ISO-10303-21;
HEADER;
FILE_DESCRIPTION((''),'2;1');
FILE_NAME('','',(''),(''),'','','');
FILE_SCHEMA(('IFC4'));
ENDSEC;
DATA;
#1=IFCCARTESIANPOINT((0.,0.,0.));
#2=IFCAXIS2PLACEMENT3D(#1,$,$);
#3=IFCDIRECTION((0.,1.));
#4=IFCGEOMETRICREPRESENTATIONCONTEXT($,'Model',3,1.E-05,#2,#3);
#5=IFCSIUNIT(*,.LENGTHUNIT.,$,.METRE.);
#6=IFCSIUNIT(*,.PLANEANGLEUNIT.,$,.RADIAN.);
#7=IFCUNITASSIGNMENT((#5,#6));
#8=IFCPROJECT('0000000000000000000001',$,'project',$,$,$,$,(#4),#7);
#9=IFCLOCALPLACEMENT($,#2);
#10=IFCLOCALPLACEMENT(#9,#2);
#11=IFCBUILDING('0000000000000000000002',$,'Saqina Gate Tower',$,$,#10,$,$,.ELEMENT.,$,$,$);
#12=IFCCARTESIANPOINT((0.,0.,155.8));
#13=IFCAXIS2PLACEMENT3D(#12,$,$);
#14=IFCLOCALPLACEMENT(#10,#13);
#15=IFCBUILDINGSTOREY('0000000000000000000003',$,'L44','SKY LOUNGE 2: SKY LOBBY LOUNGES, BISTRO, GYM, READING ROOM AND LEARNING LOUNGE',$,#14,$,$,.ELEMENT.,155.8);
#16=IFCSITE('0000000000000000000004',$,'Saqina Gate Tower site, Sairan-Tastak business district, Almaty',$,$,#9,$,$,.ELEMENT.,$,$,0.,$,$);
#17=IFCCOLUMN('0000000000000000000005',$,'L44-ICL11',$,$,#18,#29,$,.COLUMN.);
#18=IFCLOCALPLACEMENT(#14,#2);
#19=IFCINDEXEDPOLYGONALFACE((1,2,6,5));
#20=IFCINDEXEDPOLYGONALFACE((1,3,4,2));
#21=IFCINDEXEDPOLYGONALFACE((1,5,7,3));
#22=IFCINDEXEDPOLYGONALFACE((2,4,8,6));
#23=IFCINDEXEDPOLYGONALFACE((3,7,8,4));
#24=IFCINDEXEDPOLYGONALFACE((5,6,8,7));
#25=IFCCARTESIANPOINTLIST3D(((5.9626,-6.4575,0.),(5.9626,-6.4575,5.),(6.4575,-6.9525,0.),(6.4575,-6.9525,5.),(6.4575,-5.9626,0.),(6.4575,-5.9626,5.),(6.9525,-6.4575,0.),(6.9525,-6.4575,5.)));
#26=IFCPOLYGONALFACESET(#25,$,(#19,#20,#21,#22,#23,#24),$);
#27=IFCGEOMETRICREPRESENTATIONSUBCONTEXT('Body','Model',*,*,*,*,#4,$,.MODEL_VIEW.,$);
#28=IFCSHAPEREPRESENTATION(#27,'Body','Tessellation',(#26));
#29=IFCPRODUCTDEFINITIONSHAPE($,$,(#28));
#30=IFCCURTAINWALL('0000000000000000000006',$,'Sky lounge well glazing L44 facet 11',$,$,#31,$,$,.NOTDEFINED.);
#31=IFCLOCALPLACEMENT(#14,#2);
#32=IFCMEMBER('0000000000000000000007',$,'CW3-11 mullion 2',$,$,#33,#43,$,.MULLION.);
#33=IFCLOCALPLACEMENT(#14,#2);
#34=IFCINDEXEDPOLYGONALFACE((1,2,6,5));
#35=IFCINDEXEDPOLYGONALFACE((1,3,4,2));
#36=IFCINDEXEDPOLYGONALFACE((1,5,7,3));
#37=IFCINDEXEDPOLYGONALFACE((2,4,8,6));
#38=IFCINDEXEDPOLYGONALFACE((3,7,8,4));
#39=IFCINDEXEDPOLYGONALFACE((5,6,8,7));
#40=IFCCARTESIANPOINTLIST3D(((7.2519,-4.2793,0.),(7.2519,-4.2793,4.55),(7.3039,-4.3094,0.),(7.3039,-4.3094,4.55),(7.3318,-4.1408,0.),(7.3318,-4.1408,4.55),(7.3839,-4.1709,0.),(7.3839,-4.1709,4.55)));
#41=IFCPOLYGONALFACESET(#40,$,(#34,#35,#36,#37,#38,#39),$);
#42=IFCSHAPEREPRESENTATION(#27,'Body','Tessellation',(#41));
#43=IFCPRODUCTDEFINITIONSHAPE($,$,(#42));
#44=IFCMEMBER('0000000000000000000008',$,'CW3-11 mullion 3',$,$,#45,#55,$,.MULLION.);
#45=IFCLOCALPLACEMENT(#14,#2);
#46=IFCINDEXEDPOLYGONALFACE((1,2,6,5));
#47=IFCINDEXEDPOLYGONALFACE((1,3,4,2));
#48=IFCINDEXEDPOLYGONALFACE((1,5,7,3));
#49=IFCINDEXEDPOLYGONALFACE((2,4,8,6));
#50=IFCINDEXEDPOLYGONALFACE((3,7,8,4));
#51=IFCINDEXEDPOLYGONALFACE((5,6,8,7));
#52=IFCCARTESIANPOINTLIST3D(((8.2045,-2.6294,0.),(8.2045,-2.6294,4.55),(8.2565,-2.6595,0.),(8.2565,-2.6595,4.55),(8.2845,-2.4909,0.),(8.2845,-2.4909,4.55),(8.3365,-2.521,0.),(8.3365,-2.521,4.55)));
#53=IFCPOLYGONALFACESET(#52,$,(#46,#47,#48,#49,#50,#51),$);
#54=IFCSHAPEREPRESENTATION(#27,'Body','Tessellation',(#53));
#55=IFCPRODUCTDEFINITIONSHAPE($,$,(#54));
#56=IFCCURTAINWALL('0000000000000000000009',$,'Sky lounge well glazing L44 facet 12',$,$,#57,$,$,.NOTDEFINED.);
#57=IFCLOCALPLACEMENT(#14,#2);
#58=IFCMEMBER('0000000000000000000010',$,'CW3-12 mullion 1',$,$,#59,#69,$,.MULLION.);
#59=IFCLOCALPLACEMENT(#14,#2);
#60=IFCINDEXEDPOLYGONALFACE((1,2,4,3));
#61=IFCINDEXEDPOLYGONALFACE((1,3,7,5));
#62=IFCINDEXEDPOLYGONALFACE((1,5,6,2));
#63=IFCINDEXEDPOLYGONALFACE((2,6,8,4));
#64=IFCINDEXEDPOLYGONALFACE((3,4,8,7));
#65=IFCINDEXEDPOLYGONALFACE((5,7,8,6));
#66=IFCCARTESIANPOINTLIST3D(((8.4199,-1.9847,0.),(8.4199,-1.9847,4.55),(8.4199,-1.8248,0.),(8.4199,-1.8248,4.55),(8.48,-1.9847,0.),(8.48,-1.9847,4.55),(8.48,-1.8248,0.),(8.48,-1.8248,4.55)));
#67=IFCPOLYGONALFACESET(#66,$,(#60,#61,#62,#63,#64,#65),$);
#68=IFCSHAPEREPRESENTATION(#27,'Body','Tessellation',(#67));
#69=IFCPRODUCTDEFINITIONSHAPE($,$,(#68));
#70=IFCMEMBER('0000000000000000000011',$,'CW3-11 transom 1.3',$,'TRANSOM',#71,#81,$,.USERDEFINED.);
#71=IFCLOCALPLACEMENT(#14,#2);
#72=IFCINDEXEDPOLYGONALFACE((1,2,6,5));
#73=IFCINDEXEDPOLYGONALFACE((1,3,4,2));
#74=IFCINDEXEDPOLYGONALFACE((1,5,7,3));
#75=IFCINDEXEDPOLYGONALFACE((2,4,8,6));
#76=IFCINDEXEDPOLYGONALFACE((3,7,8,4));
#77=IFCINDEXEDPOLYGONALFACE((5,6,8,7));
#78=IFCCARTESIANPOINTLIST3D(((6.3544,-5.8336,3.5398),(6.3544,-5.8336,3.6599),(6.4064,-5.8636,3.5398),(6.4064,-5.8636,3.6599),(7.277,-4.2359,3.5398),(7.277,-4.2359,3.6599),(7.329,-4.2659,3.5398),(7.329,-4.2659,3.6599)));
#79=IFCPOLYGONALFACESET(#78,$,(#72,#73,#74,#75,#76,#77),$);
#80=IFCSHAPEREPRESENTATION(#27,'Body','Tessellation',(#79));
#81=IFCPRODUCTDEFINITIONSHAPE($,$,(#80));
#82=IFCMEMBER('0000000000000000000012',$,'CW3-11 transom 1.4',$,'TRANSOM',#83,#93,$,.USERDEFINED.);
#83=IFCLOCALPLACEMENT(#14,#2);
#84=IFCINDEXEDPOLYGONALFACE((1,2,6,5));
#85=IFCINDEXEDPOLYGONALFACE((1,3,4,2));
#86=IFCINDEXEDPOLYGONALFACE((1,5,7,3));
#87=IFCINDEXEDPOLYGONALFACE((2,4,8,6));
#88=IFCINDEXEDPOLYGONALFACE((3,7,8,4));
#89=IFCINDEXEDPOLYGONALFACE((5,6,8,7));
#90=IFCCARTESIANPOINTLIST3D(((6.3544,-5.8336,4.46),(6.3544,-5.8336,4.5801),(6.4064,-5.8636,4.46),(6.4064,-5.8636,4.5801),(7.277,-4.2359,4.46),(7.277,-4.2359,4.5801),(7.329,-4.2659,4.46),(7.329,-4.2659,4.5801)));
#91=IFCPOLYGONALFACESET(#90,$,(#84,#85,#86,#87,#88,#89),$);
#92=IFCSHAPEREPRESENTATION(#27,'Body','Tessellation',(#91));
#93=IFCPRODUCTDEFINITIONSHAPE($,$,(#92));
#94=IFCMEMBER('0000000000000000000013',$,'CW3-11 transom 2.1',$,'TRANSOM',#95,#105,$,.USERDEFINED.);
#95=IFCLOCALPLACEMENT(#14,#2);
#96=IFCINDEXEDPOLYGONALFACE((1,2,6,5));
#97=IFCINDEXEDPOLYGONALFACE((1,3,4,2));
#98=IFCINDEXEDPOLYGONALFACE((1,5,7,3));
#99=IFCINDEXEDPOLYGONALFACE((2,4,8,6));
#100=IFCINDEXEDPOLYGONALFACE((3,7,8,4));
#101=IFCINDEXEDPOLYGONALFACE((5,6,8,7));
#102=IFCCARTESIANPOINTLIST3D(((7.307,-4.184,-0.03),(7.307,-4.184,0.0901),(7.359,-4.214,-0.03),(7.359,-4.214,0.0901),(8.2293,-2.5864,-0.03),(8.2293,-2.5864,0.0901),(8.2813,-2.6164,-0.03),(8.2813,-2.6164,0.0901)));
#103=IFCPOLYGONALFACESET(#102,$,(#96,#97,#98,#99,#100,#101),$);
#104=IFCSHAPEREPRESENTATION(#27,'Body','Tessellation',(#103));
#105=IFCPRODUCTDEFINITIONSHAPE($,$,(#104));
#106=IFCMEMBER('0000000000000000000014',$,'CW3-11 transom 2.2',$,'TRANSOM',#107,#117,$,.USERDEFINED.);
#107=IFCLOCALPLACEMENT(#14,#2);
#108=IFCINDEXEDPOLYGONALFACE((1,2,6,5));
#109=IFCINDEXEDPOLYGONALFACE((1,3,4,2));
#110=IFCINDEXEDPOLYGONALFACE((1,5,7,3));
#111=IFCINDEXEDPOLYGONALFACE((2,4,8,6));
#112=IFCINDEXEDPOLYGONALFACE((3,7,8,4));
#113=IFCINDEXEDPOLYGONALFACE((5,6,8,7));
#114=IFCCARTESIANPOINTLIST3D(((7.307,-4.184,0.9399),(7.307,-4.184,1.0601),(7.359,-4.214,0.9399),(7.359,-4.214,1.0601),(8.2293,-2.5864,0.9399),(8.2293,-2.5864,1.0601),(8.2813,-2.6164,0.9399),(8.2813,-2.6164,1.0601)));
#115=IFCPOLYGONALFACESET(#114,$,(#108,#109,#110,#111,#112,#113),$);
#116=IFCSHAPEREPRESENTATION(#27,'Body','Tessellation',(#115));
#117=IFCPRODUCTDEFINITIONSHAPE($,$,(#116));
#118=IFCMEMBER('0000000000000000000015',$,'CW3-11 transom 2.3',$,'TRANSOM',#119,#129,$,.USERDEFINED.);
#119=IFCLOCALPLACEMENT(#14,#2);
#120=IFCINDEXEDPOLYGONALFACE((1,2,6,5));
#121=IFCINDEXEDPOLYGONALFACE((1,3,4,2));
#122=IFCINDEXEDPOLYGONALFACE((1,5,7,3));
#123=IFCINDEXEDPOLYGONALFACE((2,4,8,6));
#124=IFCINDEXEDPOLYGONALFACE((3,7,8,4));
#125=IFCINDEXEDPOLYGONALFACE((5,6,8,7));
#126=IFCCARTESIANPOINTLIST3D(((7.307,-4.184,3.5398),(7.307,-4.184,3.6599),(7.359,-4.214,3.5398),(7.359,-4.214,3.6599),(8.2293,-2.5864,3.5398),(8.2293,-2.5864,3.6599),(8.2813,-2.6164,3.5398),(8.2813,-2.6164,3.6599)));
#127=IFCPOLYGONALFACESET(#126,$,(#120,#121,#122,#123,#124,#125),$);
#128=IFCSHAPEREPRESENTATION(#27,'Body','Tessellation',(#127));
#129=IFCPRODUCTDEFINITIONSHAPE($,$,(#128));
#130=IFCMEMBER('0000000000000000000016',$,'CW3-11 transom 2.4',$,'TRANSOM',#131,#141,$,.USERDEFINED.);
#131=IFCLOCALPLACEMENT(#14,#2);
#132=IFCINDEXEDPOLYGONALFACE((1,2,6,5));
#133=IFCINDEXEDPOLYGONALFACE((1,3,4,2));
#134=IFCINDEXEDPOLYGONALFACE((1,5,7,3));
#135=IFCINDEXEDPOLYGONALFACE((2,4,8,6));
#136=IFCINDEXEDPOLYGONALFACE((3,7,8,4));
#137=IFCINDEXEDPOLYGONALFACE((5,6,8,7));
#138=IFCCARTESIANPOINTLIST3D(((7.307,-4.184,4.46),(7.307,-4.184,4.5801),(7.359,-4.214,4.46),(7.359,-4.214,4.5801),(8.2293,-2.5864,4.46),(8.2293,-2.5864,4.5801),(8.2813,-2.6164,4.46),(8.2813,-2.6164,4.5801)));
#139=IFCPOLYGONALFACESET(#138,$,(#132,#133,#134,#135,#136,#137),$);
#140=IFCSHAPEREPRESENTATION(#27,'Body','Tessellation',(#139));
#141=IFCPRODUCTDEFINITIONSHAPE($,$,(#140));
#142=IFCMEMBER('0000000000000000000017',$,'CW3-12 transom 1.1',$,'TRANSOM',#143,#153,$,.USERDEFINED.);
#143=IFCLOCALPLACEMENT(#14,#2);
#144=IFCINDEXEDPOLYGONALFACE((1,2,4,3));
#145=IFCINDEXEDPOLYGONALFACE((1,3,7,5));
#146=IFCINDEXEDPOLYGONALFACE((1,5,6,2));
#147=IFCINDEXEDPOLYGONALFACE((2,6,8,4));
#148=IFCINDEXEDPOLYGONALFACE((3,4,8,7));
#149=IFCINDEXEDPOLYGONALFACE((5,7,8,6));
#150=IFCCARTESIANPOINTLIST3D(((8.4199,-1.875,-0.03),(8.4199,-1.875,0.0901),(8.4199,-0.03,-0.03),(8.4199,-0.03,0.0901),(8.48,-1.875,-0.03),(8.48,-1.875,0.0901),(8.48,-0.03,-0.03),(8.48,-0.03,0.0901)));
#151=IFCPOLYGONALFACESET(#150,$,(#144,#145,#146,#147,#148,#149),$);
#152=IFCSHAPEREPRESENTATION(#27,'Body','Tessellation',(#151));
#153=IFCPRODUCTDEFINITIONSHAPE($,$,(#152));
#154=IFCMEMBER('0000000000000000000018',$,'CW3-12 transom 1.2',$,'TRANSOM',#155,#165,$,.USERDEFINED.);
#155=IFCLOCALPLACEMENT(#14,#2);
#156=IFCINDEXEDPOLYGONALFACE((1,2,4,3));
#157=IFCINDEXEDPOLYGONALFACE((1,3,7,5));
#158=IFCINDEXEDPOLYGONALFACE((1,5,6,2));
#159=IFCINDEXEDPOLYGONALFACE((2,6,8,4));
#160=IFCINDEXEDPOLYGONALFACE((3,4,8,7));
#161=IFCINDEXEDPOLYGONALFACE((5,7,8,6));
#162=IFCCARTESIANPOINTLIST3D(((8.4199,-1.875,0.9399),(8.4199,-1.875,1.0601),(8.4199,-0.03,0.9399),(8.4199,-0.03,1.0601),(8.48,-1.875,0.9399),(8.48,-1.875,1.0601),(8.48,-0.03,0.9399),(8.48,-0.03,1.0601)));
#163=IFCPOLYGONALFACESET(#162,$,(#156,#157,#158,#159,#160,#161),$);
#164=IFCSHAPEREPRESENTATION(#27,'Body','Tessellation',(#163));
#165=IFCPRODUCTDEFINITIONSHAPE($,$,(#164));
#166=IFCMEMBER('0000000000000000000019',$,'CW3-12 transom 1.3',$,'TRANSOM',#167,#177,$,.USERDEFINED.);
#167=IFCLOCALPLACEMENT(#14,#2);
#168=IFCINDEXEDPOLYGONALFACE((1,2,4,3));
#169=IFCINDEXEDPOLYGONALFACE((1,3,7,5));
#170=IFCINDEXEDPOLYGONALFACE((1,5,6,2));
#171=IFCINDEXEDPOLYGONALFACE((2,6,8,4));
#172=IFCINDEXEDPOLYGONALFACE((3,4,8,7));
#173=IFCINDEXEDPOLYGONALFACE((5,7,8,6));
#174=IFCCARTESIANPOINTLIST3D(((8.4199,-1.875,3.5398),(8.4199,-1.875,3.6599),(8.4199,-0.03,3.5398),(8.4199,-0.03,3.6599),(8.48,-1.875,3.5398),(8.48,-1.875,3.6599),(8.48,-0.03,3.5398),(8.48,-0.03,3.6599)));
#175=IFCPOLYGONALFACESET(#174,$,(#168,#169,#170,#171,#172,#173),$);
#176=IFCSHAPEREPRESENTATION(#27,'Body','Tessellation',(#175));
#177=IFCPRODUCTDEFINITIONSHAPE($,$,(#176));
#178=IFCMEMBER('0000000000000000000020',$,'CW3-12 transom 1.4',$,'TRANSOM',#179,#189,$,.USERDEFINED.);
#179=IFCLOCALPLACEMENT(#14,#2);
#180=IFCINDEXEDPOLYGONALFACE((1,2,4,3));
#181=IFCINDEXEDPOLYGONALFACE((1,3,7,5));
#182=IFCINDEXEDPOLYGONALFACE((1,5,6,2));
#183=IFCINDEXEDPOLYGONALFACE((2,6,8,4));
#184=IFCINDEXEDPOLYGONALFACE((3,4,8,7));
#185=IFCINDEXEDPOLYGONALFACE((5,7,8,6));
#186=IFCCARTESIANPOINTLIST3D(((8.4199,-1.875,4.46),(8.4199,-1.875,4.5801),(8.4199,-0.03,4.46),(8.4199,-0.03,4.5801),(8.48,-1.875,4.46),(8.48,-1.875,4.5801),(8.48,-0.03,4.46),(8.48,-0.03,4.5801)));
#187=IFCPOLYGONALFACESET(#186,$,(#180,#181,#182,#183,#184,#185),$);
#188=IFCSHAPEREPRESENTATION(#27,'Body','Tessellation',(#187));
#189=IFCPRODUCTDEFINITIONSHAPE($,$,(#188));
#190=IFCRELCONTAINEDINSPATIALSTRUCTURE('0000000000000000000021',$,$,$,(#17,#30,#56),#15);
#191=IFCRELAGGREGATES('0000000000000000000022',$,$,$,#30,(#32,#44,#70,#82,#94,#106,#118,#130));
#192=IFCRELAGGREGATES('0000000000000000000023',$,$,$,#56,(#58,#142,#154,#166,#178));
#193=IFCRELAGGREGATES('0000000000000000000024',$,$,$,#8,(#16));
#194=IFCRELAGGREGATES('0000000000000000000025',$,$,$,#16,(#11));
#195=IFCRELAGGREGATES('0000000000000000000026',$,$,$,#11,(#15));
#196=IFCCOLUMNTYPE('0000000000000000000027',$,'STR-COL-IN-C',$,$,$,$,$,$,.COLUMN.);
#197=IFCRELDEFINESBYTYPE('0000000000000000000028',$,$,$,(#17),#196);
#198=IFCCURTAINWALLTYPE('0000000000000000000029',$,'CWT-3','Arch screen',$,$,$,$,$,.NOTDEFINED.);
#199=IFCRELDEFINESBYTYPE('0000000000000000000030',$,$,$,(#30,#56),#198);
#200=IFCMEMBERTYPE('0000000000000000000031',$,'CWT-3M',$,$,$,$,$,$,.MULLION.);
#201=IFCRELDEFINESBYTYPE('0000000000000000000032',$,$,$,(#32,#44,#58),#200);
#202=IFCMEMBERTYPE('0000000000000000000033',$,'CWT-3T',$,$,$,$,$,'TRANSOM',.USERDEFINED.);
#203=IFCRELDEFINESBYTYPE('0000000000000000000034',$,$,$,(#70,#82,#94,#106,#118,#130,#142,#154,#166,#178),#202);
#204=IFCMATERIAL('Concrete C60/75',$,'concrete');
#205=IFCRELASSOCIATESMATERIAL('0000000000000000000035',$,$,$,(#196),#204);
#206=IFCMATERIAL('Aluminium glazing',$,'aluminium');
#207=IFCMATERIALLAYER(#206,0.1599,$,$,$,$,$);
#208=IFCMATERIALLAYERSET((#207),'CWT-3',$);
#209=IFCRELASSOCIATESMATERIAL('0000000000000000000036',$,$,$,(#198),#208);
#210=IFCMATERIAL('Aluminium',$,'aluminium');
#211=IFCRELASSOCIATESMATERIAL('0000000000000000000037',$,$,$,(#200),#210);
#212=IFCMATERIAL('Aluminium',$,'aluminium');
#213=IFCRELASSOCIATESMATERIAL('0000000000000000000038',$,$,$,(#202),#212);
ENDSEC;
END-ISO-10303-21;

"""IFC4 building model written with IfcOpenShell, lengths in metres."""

from ifc_helpers import new_model, si_unit, direction, frame, origin, origin_2d, place, context, subcontext, project, spatial, rectangle, extrude, material, layer, layer_set, material_profile, profile_set, type_object, element, aggregate, save


model = new_model("IFC4")

# Units and contexts
model_context = context("Model", 3, precision=1e-05, world=origin(), true_north=direction((0.0, 1.0)))
body_context = subcontext(model_context, "Body", "Model", "MODEL_VIEW")
ifc_project = project(units=[si_unit("LENGTHUNIT", "METRE"), si_unit("PLANEANGLEUNIT", "RADIAN")], contexts=[model_context])

# Site, building, storey
site_placement = place(None, origin())
site = spatial("IfcSite", under=ifc_project, at=site_placement, Name="Saqina Gate Tower site, Sairan-Tastak business district, Almaty", CompositionType="ELEMENT", RefElevation=0.0)
building_placement = place(site_placement, origin())
building = spatial("IfcBuilding", under=site, at=building_placement, Name="Saqina Gate Tower", CompositionType="ELEMENT")
storey_placement = place(building_placement, frame((0.0, 0.0, 155.8)))
storey = spatial("IfcBuildingStorey", under=building, at=storey_placement, Name="L44", Description="SKY LOUNGE 2: SKY LOBBY LOUNGES, BISTRO, GYM, READING ROOM AND LEARNING LOUNGE", CompositionType="ELEMENT", Elevation=155.8)

# Column
ifc_material_1 = material(Name="Concrete C60/75", Category="concrete")
ifc_material_profile_1 = material_profile(ifc_material_1, rectangle(XDim=0.7, YDim=0.7, at=origin_2d()), Name="RC 700x700")
ifc_profile_set_1 = profile_set([ifc_material_profile_1], Name="Concrete C60/75")
column_type = type_object("IfcColumnType", Name="STR-COL-IN-C", PredefinedType="COLUMN", material=ifc_profile_set_1)
column_placement = place(storey_placement, frame((6.4575, -6.4575, 0.0), z_axis=(0.0, 0.0, 1.0), x_axis=(0.707107, -0.707107, 0.0)))
element("IfcColumn", 1, at=column_placement, inside=storey, type_object=column_type, Name="L44-ICL11", PredefinedType="COLUMN", context=body_context, shape_type="SweptSolid", body=[
    extrude(rectangle(XDim=0.7, YDim=0.7, at=origin_2d()), origin(), (0.0, 0.0, 1.0), 5.0),
])

# Curtain wall, members
ifc_material_2 = material(Name="Aluminium glazing", Category="aluminium")
ifc_layer_1 = layer(ifc_material_2, 0.1599)
ifc_layer_set_1 = layer_set([ifc_layer_1], Name="CWT-3")
curtain_wall_type = type_object("IfcCurtainWallType", Name="CWT-3", Description="Arch screen", PredefinedType="NOTDEFINED", material=ifc_layer_set_1)
curtain_wall_1_placement = place(storey_placement, origin())
curtain_wall_1 = element("IfcCurtainWall", 2, at=curtain_wall_1_placement, inside=storey, type_object=curtain_wall_type, Name="Sky lounge well glazing L44 facet 11", PredefinedType="NOTDEFINED")
ifc_material_3 = material(Name="Aluminium", Category="aluminium")
ifc_material_profile_2 = material_profile(ifc_material_3, rectangle(XDim=0.0601, YDim=0.1599, at=origin_2d()), Name="Aluminium 60x160")
ifc_profile_set_2 = profile_set([ifc_material_profile_2], Name="Aluminium")
member_type_1 = type_object("IfcMemberType", Name="CWT-3M", PredefinedType="MULLION", material=ifc_profile_set_2)
member_1_placement = place(storey_placement, frame((7.3179, -4.2251, 0.0), z_axis=(0.0, 0.0, 1.0), x_axis=(-0.866018, 0.500013, 0.0)))
member_1 = element("IfcMember", 3, at=member_1_placement, type_object=member_type_1, Name="CW3-11 mullion 2", PredefinedType="MULLION", context=body_context, shape_type="SweptSolid", body=[
    extrude(rectangle(XDim=0.0601, YDim=0.1599, at=origin_2d()), origin(), (0.0, 0.0, 1.0), 4.55),
])
member_2_placement = place(storey_placement, frame((8.2705, -2.5752, 0.0), z_axis=(0.0, 0.0, 1.0), x_axis=(-0.866018, 0.500013, 0.0)))
member_2 = element("IfcMember", 4, at=member_2_placement, type_object=member_type_1, Name="CW3-11 mullion 3", PredefinedType="MULLION", context=body_context, shape_type="SweptSolid", body=[
    extrude(rectangle(XDim=0.0601, YDim=0.1599, at=origin_2d()), origin(), (0.0, 0.0, 1.0), 4.55),
])

# Curtain wall, member
curtain_wall_2_placement = place(storey_placement, origin())
curtain_wall_2 = element("IfcCurtainWall", 5, at=curtain_wall_2_placement, inside=storey, type_object=curtain_wall_type, Name="Sky lounge well glazing L44 facet 12", PredefinedType="NOTDEFINED")
member_3_placement = place(storey_placement, frame((8.45, -1.9048, 0.0), z_axis=(0.0, 0.0, 1.0), x_axis=(-1.0, 0.0, 0.0)))
member_3 = element("IfcMember", 6, at=member_3_placement, type_object=member_type_1, Name="CW3-12 mullion 1", PredefinedType="MULLION", context=body_context, shape_type="SweptSolid", body=[
    extrude(rectangle(XDim=0.0601, YDim=0.1599, at=origin_2d()), origin(), (0.0, 0.0, 1.0), 4.55),
])

# Members
ifc_material_4 = material(Name="Aluminium", Category="aluminium")
ifc_material_profile_3 = material_profile(ifc_material_4, rectangle(XDim=0.0601, YDim=0.1201, at=origin_2d()), Name="Aluminium 60x120")
ifc_profile_set_3 = profile_set([ifc_material_profile_3], Name="Aluminium")
member_type_2 = type_object("IfcMemberType", Name="CWT-3T", ElementType="TRANSOM", PredefinedType="USERDEFINED", material=ifc_profile_set_3)
member_4_placement = place(storey_placement, frame((6.3804, -5.8486, 3.5999), z_axis=(0.500081, 0.865978, 0.0), x_axis=(-0.865978, 0.500081, 0.0)))
member_4 = element("IfcMember", 7, at=member_4_placement, type_object=member_type_2, Name="CW3-11 transom 1.3", ObjectType="TRANSOM", PredefinedType="USERDEFINED", context=body_context, shape_type="SweptSolid", body=[
    extrude(rectangle(XDim=0.0601, YDim=0.1201, at=origin_2d()), origin(), (0.0, 0.0, 1.0), 1.845),
])
member_5_placement = place(storey_placement, frame((6.3804, -5.8486, 4.52), z_axis=(0.500081, 0.865978, 0.0), x_axis=(-0.865978, 0.500081, 0.0)))
member_5 = element("IfcMember", 8, at=member_5_placement, type_object=member_type_2, Name="CW3-11 transom 1.4", ObjectType="TRANSOM", PredefinedType="USERDEFINED", context=body_context, shape_type="SweptSolid", body=[
    extrude(rectangle(XDim=0.0601, YDim=0.1201, at=origin_2d()), origin(), (0.0, 0.0, 1.0), 1.845),
])
member_6_placement = place(storey_placement, frame((7.333, -4.199, 0.03), z_axis=(0.499982, 0.866036, 0.0), x_axis=(-0.866036, 0.499982, 0.0)))
member_6 = element("IfcMember", 9, at=member_6_placement, type_object=member_type_2, Name="CW3-11 transom 2.1", ObjectType="TRANSOM", PredefinedType="USERDEFINED", context=body_context, shape_type="SweptSolid", body=[
    extrude(rectangle(XDim=0.0601, YDim=0.1201, at=origin_2d()), origin(), (0.0, 0.0, 1.0), 1.8447),
])
member_7_placement = place(storey_placement, frame((7.333, -4.199, 1.0), z_axis=(0.499982, 0.866036, 0.0), x_axis=(-0.866036, 0.499982, 0.0)))
member_7 = element("IfcMember", 10, at=member_7_placement, type_object=member_type_2, Name="CW3-11 transom 2.2", ObjectType="TRANSOM", PredefinedType="USERDEFINED", context=body_context, shape_type="SweptSolid", body=[
    extrude(rectangle(XDim=0.0601, YDim=0.1201, at=origin_2d()), origin(), (0.0, 0.0, 1.0), 1.8447),
])
member_8_placement = place(storey_placement, frame((7.333, -4.199, 3.5999), z_axis=(0.499982, 0.866036, 0.0), x_axis=(-0.866036, 0.499982, 0.0)))
member_8 = element("IfcMember", 11, at=member_8_placement, type_object=member_type_2, Name="CW3-11 transom 2.3", ObjectType="TRANSOM", PredefinedType="USERDEFINED", context=body_context, shape_type="SweptSolid", body=[
    extrude(rectangle(XDim=0.0601, YDim=0.1201, at=origin_2d()), origin(), (0.0, 0.0, 1.0), 1.8447),
])
member_9_placement = place(storey_placement, frame((7.333, -4.199, 4.52), z_axis=(0.499982, 0.866036, 0.0), x_axis=(-0.866036, 0.499982, 0.0)))
member_9 = element("IfcMember", 12, at=member_9_placement, type_object=member_type_2, Name="CW3-11 transom 2.4", ObjectType="TRANSOM", PredefinedType="USERDEFINED", context=body_context, shape_type="SweptSolid", body=[
    extrude(rectangle(XDim=0.0601, YDim=0.1201, at=origin_2d()), origin(), (0.0, 0.0, 1.0), 1.8447),
])
member_10_placement = place(storey_placement, frame((8.45, -1.875, 0.03), z_axis=(0.0, 1.0, 0.0), x_axis=(-1.0, 0.0, 0.0)))
member_10 = element("IfcMember", 13, at=member_10_placement, type_object=member_type_2, Name="CW3-12 transom 1.1", ObjectType="TRANSOM", PredefinedType="USERDEFINED", context=body_context, shape_type="SweptSolid", body=[
    extrude(rectangle(XDim=0.0601, YDim=0.1201, at=origin_2d()), origin(), (0.0, 0.0, 1.0), 1.845),
])
member_11_placement = place(storey_placement, frame((8.45, -1.875, 1.0), z_axis=(0.0, 1.0, 0.0), x_axis=(-1.0, 0.0, 0.0)))
member_11 = element("IfcMember", 14, at=member_11_placement, type_object=member_type_2, Name="CW3-12 transom 1.2", ObjectType="TRANSOM", PredefinedType="USERDEFINED", context=body_context, shape_type="SweptSolid", body=[
    extrude(rectangle(XDim=0.0601, YDim=0.1201, at=origin_2d()), origin(), (0.0, 0.0, 1.0), 1.845),
])
member_12_placement = place(storey_placement, frame((8.45, -1.875, 3.5999), z_axis=(0.0, 1.0, 0.0), x_axis=(-1.0, 0.0, 0.0)))
member_12 = element("IfcMember", 15, at=member_12_placement, type_object=member_type_2, Name="CW3-12 transom 1.3", ObjectType="TRANSOM", PredefinedType="USERDEFINED", context=body_context, shape_type="SweptSolid", body=[
    extrude(rectangle(XDim=0.0601, YDim=0.1201, at=origin_2d()), origin(), (0.0, 0.0, 1.0), 1.845),
])
member_13_placement = place(storey_placement, frame((8.45, -1.875, 4.52), z_axis=(0.0, 1.0, 0.0), x_axis=(-1.0, 0.0, 0.0)))
member_13 = element("IfcMember", 16, at=member_13_placement, type_object=member_type_2, Name="CW3-12 transom 1.4", ObjectType="TRANSOM", PredefinedType="USERDEFINED", context=body_context, shape_type="SweptSolid", body=[
    extrude(rectangle(XDim=0.0601, YDim=0.1201, at=origin_2d()), origin(), (0.0, 0.0, 1.0), 1.845),
])

aggregate(curtain_wall_1, [member_1, member_2, member_4, member_5, member_6, member_7, member_8, member_9])
aggregate(curtain_wall_2, [member_3, member_10, member_11, member_12, member_13])

save(model, "model.ifc")
